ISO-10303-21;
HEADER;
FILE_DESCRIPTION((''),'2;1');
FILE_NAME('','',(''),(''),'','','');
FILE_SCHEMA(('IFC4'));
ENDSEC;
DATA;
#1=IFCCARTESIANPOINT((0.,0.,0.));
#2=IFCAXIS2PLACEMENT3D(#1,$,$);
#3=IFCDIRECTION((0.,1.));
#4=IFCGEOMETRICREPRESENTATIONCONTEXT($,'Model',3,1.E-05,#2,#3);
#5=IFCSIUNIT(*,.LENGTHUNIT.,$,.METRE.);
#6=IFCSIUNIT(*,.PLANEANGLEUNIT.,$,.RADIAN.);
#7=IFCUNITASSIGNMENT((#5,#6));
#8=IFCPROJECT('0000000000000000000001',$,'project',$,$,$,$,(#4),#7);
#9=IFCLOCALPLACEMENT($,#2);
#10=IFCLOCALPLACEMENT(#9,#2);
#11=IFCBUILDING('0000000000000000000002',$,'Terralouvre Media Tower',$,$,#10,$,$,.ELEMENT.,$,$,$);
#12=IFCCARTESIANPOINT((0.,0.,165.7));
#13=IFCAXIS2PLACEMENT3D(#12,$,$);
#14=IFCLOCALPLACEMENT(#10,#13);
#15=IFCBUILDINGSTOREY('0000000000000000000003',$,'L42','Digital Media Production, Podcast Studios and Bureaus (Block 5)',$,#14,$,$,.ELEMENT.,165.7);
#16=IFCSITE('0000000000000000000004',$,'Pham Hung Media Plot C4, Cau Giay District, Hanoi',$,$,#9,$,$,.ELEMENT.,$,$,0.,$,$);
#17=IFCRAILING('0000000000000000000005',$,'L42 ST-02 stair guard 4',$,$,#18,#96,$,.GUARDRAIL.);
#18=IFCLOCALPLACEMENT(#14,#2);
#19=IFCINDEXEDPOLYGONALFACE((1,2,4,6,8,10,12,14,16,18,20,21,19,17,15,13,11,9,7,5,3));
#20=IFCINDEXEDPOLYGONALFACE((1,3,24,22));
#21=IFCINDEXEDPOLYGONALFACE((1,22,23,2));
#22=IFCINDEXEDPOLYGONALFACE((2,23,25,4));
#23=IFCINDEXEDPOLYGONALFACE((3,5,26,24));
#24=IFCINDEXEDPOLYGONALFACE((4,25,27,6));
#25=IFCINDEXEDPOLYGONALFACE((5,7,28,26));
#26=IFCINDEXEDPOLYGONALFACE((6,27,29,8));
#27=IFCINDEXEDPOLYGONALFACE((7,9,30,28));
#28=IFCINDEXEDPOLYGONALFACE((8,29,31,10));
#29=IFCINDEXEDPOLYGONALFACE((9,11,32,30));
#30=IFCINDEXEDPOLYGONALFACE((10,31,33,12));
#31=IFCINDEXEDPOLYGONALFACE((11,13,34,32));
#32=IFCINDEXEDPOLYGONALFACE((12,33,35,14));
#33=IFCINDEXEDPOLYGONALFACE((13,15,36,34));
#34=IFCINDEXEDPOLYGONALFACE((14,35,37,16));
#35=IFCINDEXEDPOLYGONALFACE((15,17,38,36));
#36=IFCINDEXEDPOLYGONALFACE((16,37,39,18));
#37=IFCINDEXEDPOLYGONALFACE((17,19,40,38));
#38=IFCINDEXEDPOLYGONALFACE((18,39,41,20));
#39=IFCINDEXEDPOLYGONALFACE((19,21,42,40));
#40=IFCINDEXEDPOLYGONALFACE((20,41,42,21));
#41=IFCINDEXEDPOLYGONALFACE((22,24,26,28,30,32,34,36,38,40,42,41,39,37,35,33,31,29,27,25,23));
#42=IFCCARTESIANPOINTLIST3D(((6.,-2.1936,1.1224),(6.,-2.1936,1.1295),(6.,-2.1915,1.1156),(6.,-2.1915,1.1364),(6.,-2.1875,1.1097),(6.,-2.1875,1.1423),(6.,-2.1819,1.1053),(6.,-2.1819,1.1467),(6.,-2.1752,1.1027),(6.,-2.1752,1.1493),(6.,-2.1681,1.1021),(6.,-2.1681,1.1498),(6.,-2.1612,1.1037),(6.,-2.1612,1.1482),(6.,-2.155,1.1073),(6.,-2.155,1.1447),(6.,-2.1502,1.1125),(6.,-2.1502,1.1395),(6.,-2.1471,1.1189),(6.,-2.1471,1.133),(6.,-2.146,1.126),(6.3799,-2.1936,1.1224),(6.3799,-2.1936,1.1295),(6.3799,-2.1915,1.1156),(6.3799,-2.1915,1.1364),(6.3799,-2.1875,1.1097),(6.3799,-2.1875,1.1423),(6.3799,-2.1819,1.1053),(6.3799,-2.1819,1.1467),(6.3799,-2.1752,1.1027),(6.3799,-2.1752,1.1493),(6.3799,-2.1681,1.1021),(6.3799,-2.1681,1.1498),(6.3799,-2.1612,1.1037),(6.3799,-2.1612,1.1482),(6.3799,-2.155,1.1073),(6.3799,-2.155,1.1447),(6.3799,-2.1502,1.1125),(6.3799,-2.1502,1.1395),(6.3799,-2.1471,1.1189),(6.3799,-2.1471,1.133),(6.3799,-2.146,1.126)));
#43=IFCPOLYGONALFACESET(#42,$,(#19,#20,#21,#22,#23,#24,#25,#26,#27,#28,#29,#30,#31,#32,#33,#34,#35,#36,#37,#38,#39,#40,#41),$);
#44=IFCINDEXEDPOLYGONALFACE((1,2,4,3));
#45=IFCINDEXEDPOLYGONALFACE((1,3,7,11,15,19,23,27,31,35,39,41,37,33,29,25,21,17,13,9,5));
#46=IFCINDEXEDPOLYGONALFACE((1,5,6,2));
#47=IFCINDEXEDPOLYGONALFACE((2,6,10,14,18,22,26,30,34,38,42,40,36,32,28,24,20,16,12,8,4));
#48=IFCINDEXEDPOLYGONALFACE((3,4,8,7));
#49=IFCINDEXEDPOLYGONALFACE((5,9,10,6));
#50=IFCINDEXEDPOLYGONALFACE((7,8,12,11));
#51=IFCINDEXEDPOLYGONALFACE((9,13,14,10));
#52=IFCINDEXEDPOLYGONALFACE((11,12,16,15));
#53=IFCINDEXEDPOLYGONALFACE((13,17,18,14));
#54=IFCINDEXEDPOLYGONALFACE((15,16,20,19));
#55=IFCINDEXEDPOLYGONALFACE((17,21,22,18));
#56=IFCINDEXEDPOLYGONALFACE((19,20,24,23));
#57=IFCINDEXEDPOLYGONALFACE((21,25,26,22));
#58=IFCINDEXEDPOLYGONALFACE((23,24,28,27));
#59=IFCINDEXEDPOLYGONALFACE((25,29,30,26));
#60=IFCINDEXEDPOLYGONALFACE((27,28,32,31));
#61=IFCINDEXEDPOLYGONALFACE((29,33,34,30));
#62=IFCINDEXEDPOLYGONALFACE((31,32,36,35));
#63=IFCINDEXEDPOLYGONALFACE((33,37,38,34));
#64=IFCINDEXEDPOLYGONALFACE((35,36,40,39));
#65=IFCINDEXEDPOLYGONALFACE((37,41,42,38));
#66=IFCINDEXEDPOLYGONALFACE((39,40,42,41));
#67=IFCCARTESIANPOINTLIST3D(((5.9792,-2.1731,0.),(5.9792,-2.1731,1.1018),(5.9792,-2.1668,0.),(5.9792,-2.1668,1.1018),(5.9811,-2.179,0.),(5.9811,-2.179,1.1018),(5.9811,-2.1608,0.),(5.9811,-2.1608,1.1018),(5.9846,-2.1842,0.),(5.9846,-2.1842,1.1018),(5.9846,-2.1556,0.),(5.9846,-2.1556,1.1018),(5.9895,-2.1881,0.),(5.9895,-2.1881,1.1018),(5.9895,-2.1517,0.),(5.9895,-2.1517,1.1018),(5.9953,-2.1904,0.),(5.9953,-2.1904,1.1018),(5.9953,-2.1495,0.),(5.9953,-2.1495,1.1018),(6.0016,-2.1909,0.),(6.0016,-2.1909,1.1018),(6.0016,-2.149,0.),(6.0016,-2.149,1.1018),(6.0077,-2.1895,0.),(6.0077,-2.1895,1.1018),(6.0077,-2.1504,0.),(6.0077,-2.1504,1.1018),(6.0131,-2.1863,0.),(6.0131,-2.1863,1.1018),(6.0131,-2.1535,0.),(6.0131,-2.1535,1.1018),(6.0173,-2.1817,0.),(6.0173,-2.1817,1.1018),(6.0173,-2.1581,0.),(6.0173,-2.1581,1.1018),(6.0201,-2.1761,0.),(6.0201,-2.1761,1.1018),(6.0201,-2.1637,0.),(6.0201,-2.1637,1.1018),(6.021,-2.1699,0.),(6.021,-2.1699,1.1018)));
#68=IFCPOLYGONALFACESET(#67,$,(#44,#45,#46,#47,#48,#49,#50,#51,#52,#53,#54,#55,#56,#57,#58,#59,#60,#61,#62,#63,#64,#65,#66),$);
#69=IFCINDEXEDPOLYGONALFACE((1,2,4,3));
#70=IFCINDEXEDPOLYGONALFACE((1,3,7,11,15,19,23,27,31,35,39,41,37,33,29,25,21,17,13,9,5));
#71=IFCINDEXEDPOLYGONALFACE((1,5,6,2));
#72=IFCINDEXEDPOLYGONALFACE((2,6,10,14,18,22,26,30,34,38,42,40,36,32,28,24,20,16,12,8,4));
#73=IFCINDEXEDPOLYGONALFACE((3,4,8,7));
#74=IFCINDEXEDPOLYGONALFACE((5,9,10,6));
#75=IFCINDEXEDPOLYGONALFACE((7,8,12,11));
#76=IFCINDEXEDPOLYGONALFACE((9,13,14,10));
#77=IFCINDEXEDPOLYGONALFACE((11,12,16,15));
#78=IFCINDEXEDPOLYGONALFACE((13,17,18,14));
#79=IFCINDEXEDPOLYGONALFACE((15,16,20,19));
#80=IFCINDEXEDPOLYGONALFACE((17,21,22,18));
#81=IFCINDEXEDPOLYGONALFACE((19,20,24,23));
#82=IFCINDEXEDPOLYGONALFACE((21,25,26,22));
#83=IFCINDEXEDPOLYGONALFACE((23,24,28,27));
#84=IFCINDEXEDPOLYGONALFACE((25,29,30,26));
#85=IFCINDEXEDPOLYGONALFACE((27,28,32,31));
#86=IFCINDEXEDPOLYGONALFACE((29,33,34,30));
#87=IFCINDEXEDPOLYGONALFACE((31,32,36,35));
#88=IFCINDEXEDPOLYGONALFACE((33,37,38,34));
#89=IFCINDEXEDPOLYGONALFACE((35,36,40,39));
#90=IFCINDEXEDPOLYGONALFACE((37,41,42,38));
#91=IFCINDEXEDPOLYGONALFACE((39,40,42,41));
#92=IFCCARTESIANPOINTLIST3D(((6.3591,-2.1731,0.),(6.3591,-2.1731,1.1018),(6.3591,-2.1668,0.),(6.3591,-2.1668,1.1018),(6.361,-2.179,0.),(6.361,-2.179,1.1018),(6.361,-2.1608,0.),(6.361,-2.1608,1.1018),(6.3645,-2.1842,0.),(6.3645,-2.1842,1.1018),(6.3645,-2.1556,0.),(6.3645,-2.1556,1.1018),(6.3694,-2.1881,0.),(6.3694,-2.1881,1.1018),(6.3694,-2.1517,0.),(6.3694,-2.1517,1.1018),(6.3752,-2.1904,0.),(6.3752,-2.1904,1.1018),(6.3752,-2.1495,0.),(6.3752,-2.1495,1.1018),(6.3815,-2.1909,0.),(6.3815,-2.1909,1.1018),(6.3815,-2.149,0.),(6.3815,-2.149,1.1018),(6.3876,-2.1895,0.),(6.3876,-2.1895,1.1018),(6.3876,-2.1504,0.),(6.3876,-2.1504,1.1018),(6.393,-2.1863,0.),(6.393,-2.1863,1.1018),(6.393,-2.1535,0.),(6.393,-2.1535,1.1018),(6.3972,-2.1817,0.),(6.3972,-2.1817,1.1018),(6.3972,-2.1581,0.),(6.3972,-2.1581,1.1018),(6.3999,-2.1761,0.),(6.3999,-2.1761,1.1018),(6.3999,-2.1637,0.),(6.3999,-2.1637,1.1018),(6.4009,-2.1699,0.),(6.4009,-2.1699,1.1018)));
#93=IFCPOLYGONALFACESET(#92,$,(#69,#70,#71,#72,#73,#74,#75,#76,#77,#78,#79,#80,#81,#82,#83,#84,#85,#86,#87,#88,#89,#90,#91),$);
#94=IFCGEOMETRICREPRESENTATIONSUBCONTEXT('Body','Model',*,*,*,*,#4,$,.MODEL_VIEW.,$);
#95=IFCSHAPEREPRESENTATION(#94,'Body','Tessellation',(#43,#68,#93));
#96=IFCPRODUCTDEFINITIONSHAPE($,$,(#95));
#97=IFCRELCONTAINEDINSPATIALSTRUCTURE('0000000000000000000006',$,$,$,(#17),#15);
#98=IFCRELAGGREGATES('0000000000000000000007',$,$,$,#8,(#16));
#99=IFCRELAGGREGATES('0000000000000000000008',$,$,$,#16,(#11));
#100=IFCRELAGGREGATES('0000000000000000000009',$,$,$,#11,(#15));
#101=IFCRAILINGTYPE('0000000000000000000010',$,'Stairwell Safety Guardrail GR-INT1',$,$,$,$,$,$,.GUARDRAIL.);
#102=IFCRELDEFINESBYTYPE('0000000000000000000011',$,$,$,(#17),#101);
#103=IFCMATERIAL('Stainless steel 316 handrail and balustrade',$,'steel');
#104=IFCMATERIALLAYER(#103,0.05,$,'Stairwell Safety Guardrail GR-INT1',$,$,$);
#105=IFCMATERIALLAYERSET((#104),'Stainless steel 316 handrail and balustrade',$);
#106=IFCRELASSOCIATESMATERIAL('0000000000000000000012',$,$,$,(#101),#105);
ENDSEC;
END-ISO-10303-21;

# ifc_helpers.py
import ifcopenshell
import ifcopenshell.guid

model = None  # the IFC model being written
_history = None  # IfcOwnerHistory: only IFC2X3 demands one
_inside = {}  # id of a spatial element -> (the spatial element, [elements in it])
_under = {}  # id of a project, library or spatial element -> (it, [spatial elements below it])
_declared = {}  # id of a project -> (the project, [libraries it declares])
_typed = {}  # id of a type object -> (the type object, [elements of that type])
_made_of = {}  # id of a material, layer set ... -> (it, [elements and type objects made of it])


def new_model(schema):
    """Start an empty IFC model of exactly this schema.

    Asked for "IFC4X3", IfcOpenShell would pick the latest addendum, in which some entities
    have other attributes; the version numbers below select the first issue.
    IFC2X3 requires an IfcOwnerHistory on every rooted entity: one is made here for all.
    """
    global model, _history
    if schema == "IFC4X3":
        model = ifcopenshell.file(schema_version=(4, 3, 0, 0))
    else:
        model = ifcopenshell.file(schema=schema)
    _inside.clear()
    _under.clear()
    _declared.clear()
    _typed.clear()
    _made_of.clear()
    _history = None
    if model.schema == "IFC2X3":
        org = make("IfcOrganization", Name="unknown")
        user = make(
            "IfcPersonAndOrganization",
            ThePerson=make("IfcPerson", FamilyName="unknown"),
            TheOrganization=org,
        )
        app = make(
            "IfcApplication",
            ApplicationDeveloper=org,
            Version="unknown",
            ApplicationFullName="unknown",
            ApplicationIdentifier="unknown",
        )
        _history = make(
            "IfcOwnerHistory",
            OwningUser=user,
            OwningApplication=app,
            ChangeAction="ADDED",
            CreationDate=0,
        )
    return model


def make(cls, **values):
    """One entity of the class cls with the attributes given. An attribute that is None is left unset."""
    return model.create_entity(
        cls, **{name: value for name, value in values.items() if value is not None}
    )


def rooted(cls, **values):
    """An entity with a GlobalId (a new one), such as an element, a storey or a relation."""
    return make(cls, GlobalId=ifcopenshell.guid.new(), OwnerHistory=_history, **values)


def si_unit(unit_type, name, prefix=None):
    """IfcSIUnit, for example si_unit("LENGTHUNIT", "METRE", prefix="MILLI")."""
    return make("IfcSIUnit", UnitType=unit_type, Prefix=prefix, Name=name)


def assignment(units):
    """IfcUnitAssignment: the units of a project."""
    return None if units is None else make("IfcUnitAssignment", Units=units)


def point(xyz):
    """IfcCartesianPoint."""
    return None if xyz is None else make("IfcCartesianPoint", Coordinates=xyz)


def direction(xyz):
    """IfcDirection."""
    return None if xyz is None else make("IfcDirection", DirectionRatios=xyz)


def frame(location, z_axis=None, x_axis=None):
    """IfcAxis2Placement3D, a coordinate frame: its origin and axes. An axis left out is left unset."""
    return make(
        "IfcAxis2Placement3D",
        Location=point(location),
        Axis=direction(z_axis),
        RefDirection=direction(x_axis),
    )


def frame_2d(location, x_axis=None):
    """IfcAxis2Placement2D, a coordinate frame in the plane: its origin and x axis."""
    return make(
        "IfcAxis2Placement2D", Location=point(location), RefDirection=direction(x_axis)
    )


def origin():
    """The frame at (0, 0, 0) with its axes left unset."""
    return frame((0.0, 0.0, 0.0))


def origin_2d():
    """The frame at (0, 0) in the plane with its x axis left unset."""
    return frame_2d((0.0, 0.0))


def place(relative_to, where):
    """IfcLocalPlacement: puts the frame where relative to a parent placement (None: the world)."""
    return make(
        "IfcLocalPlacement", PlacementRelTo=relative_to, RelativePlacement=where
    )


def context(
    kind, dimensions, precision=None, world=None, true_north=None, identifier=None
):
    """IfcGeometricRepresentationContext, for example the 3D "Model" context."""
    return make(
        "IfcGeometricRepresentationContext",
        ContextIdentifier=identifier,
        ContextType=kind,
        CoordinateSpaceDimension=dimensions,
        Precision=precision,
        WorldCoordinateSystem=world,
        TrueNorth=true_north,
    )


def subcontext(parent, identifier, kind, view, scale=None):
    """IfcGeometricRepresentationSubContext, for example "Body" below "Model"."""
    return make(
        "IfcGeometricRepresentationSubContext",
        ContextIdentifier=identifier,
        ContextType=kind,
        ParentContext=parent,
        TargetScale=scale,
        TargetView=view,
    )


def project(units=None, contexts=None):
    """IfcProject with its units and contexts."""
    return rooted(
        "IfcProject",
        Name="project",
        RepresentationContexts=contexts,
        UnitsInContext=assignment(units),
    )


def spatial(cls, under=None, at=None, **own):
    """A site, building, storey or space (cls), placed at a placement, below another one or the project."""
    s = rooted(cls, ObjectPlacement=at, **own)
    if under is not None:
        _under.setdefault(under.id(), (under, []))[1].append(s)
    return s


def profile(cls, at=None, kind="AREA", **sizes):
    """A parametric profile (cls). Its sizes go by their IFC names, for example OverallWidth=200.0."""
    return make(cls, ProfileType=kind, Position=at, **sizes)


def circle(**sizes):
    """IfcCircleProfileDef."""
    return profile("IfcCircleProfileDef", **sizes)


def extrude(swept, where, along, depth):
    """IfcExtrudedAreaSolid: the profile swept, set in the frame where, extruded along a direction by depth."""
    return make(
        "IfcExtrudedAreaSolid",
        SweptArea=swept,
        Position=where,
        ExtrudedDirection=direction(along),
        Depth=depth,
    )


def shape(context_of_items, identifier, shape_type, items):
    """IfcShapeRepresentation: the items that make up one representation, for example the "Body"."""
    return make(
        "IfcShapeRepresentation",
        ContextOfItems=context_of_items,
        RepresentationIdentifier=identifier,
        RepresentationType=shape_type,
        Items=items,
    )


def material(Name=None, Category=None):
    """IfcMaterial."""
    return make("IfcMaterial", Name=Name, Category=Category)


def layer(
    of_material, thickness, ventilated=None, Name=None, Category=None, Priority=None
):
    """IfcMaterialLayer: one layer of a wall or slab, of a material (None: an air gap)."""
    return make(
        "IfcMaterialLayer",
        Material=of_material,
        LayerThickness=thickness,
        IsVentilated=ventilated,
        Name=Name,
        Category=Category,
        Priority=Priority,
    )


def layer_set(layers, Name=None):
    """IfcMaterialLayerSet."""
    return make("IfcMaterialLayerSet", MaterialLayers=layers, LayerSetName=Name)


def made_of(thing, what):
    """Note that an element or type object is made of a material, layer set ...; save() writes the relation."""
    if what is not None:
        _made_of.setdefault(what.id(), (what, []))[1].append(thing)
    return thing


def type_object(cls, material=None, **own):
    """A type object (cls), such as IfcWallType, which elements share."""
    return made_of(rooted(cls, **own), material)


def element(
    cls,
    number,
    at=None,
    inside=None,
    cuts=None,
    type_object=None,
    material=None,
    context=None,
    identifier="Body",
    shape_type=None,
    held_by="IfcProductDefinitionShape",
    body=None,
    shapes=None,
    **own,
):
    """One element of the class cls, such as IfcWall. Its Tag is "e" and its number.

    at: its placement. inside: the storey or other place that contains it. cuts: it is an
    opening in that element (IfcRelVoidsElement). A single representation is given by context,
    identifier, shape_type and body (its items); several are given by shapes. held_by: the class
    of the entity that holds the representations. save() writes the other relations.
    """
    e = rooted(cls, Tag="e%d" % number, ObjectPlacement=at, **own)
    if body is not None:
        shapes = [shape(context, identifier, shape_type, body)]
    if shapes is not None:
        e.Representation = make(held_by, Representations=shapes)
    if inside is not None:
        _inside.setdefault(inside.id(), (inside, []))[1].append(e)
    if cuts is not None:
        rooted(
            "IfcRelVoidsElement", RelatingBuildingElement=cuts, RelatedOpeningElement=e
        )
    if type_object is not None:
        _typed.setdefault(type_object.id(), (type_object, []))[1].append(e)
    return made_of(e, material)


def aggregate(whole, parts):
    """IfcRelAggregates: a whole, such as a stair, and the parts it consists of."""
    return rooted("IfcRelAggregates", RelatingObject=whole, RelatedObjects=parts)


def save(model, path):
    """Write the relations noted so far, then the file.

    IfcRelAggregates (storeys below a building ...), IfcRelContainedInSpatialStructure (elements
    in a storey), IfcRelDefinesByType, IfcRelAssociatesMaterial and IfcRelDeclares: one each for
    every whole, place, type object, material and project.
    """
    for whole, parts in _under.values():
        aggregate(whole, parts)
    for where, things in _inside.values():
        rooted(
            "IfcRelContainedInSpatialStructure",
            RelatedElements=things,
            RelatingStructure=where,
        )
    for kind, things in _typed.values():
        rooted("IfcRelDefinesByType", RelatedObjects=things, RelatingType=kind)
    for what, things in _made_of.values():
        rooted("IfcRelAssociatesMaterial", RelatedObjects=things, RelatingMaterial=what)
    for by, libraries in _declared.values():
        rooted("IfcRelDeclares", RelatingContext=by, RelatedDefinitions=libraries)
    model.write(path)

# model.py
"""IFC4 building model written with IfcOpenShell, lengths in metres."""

from ifc_helpers import new_model, si_unit, direction, frame, origin, origin_2d, place, context, subcontext, project, spatial, circle, extrude, material, layer, layer_set, type_object, element, save


model = new_model("IFC4")

# Units and contexts
model_context = context("Model", 3, precision=1e-05, world=origin(), true_north=direction((0.0, 1.0)))
body_context = subcontext(model_context, "Body", "Model", "MODEL_VIEW")
ifc_project = project(units=[si_unit("LENGTHUNIT", "METRE"), si_unit("PLANEANGLEUNIT", "RADIAN")], contexts=[model_context])

# Site, building, storey
site_placement = place(None, origin())
site = spatial("IfcSite", under=ifc_project, at=site_placement, Name="Pham Hung Media Plot C4, Cau Giay District, Hanoi", CompositionType="ELEMENT", RefElevation=0.0)
building_placement = place(site_placement, origin())
building = spatial("IfcBuilding", under=site, at=building_placement, Name="Terralouvre Media Tower", CompositionType="ELEMENT")
storey_placement = place(building_placement, frame((0.0, 0.0, 165.7)))
storey = spatial("IfcBuildingStorey", under=building, at=storey_placement, Name="L42", Description="Digital Media Production, Podcast Studios and Bureaus (Block 5)", CompositionType="ELEMENT", Elevation=165.7)

# Railing
ifc_material_1 = material(Name="Stainless steel 316 handrail and balustrade", Category="steel")
ifc_layer_1 = layer(ifc_material_1, 0.05, Name="Stairwell Safety Guardrail GR-INT1")
ifc_layer_set_1 = layer_set([ifc_layer_1], Name="Stainless steel 316 handrail and balustrade")
railing_type_1 = type_object("IfcRailingType", Name="Stairwell Safety Guardrail GR-INT1", PredefinedType="GUARDRAIL", material=ifc_layer_set_1)
railing_1_placement = place(storey_placement, frame((6.0, -2.1699, 0.0)))
element("IfcRailing", 1, at=railing_1_placement, inside=storey, type_object=railing_type_1, Name="L42 ST-02 stair guard 4", PredefinedType="GUARDRAIL", context=body_context, shape_type="SweptSolid", body=[
    extrude(circle(Radius=0.0239, at=origin_2d()), frame((0.0, 0.0, 1.126), z_axis=(1.0, 0.0, 0.0), x_axis=(0.0, 1.0, 0.0)), (0.0, 0.0, 1.0), 0.3799),
    extrude(circle(Radius=0.021, at=origin_2d()), origin(), (0.0, 0.0, 1.0), 1.1018),
    extrude(circle(Radius=0.021, at=origin_2d()), frame((0.3799, 0.0, 0.0)), (0.0, 0.0, 1.0), 1.1018),
])

save(model, "model.ifc")
